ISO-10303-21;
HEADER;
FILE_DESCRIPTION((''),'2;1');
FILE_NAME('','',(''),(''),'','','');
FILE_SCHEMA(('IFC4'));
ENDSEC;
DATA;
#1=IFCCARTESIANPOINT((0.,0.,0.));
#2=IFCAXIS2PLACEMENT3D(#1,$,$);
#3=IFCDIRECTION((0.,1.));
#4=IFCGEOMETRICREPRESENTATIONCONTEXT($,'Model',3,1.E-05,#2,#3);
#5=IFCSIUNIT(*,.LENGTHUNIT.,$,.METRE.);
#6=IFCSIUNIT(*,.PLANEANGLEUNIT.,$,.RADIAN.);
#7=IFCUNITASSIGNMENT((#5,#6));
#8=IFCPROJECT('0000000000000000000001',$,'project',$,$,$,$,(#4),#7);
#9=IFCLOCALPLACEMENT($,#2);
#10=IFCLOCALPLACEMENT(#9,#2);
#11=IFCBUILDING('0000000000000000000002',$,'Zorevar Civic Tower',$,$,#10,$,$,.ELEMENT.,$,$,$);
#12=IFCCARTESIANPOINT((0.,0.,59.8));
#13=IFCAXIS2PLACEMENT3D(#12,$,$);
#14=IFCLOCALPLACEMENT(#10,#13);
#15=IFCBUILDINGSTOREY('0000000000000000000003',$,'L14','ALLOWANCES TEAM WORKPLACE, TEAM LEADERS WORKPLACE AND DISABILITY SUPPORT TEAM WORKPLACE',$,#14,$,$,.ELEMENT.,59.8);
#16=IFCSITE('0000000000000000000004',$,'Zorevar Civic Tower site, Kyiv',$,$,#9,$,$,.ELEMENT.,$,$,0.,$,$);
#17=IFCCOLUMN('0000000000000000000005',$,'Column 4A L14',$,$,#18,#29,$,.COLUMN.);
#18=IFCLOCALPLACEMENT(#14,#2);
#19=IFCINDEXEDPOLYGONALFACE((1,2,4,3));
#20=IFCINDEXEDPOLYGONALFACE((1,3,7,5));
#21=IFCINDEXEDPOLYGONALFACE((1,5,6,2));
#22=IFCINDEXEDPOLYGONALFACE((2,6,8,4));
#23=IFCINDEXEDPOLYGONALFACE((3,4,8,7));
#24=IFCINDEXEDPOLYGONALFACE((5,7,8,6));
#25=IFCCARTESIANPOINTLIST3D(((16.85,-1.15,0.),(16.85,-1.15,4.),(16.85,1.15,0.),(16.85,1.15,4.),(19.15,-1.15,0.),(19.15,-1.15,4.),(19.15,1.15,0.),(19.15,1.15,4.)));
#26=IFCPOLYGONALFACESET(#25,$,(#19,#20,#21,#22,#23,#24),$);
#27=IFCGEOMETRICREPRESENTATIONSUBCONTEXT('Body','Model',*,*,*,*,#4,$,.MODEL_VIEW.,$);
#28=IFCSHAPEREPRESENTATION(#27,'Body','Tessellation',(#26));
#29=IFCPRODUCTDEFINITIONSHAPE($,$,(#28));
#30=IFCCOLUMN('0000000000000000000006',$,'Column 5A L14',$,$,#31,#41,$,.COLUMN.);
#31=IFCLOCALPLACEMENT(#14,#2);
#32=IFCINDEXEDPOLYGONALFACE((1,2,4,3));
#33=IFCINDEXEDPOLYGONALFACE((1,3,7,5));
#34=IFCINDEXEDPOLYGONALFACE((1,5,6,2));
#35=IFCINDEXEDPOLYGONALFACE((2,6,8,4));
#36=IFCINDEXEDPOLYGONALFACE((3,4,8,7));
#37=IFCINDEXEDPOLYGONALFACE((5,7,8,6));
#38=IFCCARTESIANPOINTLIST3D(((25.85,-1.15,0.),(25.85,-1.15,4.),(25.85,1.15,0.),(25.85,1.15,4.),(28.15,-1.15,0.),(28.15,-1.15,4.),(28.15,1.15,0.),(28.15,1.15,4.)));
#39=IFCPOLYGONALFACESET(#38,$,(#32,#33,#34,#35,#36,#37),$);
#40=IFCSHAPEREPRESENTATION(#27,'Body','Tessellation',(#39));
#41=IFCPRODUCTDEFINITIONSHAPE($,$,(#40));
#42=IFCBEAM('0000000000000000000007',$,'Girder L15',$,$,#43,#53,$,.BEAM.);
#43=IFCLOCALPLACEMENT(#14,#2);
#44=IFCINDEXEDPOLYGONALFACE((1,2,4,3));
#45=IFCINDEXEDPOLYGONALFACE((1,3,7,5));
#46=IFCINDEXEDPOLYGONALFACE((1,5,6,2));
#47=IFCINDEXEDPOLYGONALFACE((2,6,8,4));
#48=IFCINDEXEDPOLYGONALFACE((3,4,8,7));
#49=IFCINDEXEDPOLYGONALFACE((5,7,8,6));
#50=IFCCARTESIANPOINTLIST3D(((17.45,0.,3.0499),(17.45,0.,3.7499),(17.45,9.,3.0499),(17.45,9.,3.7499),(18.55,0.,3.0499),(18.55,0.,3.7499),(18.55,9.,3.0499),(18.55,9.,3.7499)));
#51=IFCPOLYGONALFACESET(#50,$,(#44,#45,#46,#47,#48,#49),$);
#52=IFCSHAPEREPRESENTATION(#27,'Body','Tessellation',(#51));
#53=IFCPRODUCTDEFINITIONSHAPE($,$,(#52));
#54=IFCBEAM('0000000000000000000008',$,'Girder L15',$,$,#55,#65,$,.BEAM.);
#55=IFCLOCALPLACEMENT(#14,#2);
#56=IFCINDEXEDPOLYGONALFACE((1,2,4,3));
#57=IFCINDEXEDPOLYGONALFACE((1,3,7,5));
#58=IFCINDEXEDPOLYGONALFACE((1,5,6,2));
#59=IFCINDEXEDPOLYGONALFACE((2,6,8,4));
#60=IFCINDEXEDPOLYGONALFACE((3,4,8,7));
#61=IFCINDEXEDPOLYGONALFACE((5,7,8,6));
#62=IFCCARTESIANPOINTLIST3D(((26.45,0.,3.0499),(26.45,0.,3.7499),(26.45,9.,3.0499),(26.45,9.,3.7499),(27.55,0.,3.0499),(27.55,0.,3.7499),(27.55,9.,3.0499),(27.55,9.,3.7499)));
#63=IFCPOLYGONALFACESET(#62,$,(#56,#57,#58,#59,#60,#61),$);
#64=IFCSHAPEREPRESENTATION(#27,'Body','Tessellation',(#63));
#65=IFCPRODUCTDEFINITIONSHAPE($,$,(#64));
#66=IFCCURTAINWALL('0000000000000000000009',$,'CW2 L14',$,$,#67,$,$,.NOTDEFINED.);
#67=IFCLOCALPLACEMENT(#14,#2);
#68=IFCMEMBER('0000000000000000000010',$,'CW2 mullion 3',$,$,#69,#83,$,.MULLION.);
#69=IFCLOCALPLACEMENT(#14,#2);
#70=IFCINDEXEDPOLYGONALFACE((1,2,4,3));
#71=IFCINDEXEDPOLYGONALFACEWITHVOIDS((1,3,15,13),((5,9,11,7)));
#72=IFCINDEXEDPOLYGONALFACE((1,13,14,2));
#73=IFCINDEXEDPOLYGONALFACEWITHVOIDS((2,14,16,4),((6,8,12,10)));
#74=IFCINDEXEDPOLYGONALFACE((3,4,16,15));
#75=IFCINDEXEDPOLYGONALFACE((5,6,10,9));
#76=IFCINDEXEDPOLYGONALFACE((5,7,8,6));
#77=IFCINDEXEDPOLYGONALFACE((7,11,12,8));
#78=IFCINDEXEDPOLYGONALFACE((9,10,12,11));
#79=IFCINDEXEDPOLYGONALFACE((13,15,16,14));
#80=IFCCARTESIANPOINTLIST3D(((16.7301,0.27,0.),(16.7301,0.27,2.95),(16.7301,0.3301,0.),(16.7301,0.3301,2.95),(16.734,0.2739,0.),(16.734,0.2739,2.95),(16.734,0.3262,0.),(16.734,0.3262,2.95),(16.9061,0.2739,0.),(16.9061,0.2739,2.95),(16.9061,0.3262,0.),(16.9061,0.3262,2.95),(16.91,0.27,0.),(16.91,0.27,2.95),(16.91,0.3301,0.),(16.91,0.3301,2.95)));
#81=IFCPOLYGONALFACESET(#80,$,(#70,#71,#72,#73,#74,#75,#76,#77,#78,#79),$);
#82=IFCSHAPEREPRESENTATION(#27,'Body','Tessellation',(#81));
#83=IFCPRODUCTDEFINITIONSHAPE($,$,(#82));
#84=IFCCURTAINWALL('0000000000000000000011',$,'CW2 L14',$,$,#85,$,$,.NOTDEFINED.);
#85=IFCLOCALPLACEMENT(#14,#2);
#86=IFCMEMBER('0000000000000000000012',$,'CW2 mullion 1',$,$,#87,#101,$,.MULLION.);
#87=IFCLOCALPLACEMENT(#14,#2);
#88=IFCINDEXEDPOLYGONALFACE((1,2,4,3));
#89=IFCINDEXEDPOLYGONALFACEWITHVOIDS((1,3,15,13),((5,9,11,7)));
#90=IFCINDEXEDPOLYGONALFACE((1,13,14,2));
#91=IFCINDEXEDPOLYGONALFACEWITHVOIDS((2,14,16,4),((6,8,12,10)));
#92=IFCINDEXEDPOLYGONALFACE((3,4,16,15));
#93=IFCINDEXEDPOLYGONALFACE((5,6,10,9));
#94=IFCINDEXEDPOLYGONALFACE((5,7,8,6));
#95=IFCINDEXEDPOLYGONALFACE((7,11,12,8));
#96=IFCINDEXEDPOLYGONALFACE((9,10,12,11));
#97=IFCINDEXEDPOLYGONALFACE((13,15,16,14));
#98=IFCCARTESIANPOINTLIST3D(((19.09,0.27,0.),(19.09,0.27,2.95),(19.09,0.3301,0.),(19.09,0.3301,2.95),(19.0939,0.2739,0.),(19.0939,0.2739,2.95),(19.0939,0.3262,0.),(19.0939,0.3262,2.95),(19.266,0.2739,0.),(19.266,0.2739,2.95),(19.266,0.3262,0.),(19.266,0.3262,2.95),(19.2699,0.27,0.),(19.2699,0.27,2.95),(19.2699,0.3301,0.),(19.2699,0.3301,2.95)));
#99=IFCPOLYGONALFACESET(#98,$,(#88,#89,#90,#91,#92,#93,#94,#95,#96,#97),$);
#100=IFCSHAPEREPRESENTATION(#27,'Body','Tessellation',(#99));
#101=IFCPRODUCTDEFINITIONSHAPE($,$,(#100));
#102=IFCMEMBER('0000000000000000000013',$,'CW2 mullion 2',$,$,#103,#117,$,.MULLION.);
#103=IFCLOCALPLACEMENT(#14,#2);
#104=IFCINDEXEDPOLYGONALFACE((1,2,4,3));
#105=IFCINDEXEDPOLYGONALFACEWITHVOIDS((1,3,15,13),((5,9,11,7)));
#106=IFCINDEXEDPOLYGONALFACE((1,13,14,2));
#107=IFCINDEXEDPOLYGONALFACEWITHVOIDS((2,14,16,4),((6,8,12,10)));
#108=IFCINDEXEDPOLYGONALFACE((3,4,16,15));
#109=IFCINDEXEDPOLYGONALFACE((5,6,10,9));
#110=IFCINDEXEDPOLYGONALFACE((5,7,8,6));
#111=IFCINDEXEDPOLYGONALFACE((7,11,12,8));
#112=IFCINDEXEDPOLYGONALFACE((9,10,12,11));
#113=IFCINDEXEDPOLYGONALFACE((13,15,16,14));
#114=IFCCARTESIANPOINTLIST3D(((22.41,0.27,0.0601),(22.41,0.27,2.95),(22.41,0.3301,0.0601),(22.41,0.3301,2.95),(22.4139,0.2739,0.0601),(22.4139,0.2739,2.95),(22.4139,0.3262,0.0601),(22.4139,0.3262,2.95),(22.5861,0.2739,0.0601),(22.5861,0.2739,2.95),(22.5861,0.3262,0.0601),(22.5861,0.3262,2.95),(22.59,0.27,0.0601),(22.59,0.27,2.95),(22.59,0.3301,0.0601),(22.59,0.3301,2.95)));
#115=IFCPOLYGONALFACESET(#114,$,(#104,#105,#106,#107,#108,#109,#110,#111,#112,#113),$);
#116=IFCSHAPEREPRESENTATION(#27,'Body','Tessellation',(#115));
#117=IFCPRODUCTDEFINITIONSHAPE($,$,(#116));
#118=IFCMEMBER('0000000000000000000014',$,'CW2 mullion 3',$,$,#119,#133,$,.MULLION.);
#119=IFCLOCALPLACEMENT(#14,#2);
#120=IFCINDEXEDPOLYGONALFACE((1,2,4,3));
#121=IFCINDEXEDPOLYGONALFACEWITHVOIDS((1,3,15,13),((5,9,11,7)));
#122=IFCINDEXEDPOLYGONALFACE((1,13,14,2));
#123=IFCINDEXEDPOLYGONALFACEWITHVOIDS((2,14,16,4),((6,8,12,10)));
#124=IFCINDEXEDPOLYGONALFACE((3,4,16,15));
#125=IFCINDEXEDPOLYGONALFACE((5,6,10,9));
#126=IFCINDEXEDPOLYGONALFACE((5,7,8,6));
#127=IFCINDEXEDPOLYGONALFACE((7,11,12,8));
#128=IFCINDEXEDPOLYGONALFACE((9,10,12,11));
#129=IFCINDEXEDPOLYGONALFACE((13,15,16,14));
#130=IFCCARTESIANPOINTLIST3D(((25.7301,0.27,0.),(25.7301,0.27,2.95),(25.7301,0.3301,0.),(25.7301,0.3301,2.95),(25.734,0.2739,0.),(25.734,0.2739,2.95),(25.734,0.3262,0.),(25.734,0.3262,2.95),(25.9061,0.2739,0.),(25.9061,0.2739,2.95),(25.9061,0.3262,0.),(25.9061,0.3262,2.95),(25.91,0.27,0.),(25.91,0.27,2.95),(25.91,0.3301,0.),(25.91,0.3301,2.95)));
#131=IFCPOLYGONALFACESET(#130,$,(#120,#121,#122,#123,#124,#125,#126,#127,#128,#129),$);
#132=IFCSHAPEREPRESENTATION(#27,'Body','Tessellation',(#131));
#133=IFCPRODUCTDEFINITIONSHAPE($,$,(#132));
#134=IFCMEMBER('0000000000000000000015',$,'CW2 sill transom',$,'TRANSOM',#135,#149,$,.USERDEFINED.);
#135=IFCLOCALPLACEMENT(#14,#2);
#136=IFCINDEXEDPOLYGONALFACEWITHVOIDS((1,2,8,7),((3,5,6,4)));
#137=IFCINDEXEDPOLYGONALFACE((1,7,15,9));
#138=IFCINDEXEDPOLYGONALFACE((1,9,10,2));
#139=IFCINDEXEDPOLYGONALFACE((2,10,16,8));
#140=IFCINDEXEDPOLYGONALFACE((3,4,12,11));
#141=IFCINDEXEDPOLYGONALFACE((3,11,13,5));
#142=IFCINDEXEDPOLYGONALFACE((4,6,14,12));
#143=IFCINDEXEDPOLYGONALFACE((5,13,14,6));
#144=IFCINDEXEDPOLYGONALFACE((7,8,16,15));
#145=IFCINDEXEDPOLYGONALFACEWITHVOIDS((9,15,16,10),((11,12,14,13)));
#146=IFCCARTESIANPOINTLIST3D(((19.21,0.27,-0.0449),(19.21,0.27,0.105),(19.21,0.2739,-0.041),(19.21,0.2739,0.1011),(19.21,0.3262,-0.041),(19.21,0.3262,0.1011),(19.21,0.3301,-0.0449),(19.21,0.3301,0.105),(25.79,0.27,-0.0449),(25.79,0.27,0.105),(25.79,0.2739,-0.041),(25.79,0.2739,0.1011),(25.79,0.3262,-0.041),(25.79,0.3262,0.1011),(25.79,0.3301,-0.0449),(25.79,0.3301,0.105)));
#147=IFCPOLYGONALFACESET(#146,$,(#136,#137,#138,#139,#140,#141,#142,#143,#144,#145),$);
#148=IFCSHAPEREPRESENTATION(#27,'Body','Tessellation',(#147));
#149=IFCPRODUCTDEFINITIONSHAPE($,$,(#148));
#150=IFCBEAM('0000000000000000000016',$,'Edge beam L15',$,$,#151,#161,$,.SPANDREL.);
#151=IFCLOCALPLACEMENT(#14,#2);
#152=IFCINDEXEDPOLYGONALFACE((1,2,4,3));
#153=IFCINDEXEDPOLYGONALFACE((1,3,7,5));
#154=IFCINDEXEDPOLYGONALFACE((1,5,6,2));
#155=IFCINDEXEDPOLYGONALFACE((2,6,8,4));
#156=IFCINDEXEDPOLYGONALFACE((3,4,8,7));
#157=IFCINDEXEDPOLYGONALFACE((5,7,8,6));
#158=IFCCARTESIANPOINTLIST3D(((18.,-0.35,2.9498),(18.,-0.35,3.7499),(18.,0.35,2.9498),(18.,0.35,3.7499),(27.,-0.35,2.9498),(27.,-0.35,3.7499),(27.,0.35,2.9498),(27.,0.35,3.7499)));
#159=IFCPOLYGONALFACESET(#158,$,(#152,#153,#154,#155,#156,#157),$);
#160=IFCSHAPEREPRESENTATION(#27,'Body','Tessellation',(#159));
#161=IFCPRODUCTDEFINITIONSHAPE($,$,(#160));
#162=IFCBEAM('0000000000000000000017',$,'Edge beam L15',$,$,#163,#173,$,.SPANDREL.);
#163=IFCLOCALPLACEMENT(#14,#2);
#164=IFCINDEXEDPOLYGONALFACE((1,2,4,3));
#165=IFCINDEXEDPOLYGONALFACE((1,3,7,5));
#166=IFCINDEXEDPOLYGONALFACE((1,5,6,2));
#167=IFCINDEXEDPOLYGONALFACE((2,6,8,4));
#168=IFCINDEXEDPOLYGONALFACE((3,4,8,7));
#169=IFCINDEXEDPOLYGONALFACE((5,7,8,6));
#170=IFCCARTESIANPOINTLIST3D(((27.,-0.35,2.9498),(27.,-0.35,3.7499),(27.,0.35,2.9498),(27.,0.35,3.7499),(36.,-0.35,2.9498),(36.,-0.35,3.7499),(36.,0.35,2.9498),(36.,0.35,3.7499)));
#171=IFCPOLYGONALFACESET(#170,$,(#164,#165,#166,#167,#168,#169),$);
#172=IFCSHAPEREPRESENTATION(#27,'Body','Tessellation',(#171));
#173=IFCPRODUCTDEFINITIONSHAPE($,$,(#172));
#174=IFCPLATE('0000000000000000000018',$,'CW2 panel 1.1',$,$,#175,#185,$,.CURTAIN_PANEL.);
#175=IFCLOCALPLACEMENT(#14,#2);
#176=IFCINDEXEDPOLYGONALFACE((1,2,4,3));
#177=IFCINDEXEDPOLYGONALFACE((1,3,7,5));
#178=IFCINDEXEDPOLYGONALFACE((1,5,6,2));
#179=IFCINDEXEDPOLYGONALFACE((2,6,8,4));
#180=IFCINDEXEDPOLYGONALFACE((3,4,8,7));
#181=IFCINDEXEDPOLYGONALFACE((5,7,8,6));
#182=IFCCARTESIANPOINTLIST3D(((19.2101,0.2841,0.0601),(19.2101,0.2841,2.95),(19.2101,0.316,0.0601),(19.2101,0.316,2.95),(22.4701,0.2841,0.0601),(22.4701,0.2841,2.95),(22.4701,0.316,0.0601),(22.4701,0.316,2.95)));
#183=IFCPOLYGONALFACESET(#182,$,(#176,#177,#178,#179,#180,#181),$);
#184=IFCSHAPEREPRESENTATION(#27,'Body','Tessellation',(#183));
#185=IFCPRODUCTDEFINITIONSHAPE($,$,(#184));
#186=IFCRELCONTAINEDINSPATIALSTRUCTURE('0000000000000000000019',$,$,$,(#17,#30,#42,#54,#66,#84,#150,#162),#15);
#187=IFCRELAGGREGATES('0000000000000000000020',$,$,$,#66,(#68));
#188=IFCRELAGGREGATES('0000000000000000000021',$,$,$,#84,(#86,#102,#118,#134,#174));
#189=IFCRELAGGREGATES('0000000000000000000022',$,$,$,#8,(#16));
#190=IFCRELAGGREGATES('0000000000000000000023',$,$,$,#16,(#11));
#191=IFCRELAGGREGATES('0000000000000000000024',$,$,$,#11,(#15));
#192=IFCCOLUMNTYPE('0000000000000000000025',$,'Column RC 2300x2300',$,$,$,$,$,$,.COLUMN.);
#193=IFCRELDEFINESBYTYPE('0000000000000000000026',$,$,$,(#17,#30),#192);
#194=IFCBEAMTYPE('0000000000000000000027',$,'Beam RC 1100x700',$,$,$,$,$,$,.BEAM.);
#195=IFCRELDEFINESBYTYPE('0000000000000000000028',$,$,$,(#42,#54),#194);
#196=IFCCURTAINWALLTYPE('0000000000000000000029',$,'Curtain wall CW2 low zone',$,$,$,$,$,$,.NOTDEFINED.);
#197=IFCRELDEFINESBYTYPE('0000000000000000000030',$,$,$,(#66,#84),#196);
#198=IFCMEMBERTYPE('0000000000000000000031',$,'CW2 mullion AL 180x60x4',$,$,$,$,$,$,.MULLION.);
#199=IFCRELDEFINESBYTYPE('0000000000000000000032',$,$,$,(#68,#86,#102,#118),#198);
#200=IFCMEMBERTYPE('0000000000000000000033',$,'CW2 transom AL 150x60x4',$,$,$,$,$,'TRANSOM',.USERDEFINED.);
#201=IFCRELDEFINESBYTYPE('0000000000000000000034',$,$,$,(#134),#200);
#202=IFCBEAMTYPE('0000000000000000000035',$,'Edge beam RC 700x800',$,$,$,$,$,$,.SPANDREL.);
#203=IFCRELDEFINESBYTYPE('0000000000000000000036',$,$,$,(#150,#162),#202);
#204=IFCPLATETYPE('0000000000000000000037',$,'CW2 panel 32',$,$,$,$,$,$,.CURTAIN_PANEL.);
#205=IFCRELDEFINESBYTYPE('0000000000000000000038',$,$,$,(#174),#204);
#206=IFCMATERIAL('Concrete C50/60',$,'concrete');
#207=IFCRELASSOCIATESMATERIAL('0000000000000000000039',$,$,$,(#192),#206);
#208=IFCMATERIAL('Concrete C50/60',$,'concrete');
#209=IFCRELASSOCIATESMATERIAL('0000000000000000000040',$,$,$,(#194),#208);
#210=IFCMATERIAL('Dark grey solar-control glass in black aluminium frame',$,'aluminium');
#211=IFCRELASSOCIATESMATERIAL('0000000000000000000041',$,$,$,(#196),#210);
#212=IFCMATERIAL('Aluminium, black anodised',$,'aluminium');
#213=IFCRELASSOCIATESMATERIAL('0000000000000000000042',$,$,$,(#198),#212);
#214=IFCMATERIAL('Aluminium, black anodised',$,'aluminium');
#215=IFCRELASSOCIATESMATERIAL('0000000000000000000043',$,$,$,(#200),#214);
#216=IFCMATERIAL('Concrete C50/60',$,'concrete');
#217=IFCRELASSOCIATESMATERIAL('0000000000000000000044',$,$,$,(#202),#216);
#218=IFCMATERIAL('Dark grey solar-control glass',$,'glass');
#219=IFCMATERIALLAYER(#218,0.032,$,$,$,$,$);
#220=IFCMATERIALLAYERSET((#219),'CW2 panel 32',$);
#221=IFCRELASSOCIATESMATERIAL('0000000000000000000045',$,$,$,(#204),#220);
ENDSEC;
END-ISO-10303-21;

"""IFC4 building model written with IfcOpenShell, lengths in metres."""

from ifc_helpers import new_model, si_unit, direction, frame, origin, origin_2d, place, context, subcontext, project, spatial, rectangle, hollow_rectangle, extrude, material, layer, layer_set, material_profile, profile_set, type_object, element, aggregate, save


model = new_model("IFC4")

# Units and contexts
model_context = context("Model", 3, precision=1e-05, world=origin(), true_north=direction((0.0, 1.0)))
body_context = subcontext(model_context, "Body", "Model", "MODEL_VIEW")
ifc_project = project(units=[si_unit("LENGTHUNIT", "METRE"), si_unit("PLANEANGLEUNIT", "RADIAN")], contexts=[model_context])

# Site, building, storey
site_placement = place(None, origin())
site = spatial("IfcSite", under=ifc_project, at=site_placement, Name="Zorevar Civic Tower site, Kyiv", CompositionType="ELEMENT", RefElevation=0.0)
building_placement = place(site_placement, origin())
building = spatial("IfcBuilding", under=site, at=building_placement, Name="Zorevar Civic Tower", CompositionType="ELEMENT")
storey_placement = place(building_placement, frame((0.0, 0.0, 59.8)))
storey = spatial("IfcBuildingStorey", under=building, at=storey_placement, Name="L14", Description="ALLOWANCES TEAM WORKPLACE, TEAM LEADERS WORKPLACE AND DISABILITY SUPPORT TEAM WORKPLACE", CompositionType="ELEMENT", Elevation=59.8)

# Columns
ifc_material_1 = material(Name="Concrete C50/60", Category="concrete")
ifc_material_profile_1 = material_profile(ifc_material_1, rectangle(XDim=2.3, YDim=2.3, at=origin_2d()), Name="RC 2300x2300")
ifc_profile_set_1 = profile_set([ifc_material_profile_1], Name="Concrete C50/60")
column_type = type_object("IfcColumnType", Name="Column RC 2300x2300", PredefinedType="COLUMN", material=ifc_profile_set_1)
for number, where, z_axis, x_axis, name in (
    (1, (18.0, 0.0, 0.0), (0.0, 0.0, 1.0), (1.0, 0.0, 0.0), "Column 4A L14"),
    (2, (27.0, 0.0, 0.0), (0.0, 0.0, 1.0), (1.0, 0.0, 0.0), "Column 5A L14"),
):
    element("IfcColumn", number, at=place(storey_placement, frame(where, z_axis=z_axis, x_axis=x_axis)), inside=storey, type_object=column_type, Name=name, PredefinedType="COLUMN", context=body_context, shape_type="SweptSolid", body=[
        extrude(rectangle(XDim=2.3, YDim=2.3, at=origin_2d()), origin(), (0.0, 0.0, 1.0), 4.0),
    ])

# Beams
ifc_material_2 = material(Name="Concrete C50/60", Category="concrete")
ifc_material_profile_2 = material_profile(ifc_material_2, rectangle(XDim=1.1001, YDim=0.7, at=origin_2d()), Name="RC 1100x700")
ifc_profile_set_2 = profile_set([ifc_material_profile_2], Name="Concrete C50/60")
beam_type_1 = type_object("IfcBeamType", Name="Beam RC 1100x700", PredefinedType="BEAM", material=ifc_profile_set_2)
for number, where, z_axis, x_axis, name in (
    (3, (18.0, 0.0, 3.3999), (0.0, 1.0, 0.0), (-1.0, 0.0, 0.0), "Girder L15"),
    (4, (27.0, 0.0, 3.3999), (0.0, 1.0, 0.0), (-1.0, 0.0, 0.0), "Girder L15"),
):
    element("IfcBeam", number, at=place(storey_placement, frame(where, z_axis=z_axis, x_axis=x_axis)), inside=storey, type_object=beam_type_1, Name=name, PredefinedType="BEAM", context=body_context, shape_type="SweptSolid", body=[
        extrude(rectangle(XDim=1.1001, YDim=0.7, at=origin_2d()), origin(), (0.0, 0.0, 1.0), 9.0),
    ])

# Curtain wall, member
ifc_material_3 = material(Name="Dark grey solar-control glass in black aluminium frame", Category="aluminium")
curtain_wall_type = type_object("IfcCurtainWallType", Name="Curtain wall CW2 low zone", PredefinedType="NOTDEFINED", material=ifc_material_3)
curtain_wall_1_placement = place(storey_placement, origin())
curtain_wall_1 = element("IfcCurtainWall", 5, at=curtain_wall_1_placement, inside=storey, type_object=curtain_wall_type, Name="CW2 L14", PredefinedType="NOTDEFINED")
ifc_material_4 = material(Name="Aluminium, black anodised", Category="aluminium")
ifc_material_profile_3 = material_profile(ifc_material_4, hollow_rectangle(XDim=0.0601, YDim=0.1799, WallThickness=0.0039, at=origin_2d()), Name="AL 180x60x4")
ifc_profile_set_3 = profile_set([ifc_material_profile_3], Name="Aluminium, black anodised")
member_type_1 = type_object("IfcMemberType", Name="CW2 mullion AL 180x60x4", PredefinedType="MULLION", material=ifc_profile_set_3)
member_1_placement = place(storey_placement, frame((16.8201, 0.3, 0.0), z_axis=(0.0, 0.0, 1.0), x_axis=(0.0, 1.0, 0.0)))
member_1 = element("IfcMember", 6, at=member_1_placement, type_object=member_type_1, Name="CW2 mullion 3", PredefinedType="MULLION", context=body_context, shape_type="SweptSolid", body=[
    extrude(hollow_rectangle(XDim=0.0601, YDim=0.1799, WallThickness=0.0039, at=origin_2d()), origin(), (0.0, 0.0, 1.0), 2.95),
])
aggregate(curtain_wall_1, [member_1])

# Curtain wall, members
curtain_wall_2_placement = place(storey_placement, origin())
curtain_wall_2 = element("IfcCurtainWall", 7, at=curtain_wall_2_placement, inside=storey, type_object=curtain_wall_type, Name="CW2 L14", PredefinedType="NOTDEFINED")
member_2_placement = place(storey_placement, frame((19.1799, 0.3, 0.0), z_axis=(0.0, 0.0, 1.0), x_axis=(0.0, 1.0, 0.0)))
member_2 = element("IfcMember", 8, at=member_2_placement, type_object=member_type_1, Name="CW2 mullion 1", PredefinedType="MULLION", context=body_context, shape_type="SweptSolid", body=[
    extrude(hollow_rectangle(XDim=0.0601, YDim=0.1799, WallThickness=0.0039, at=origin_2d()), origin(), (0.0, 0.0, 1.0), 2.95),
])
member_3_placement = place(storey_placement, frame((22.5, 0.3, 0.0601), z_axis=(0.0, 0.0, 1.0), x_axis=(0.0, 1.0, 0.0)))
member_3 = element("IfcMember", 9, at=member_3_placement, type_object=member_type_1, Name="CW2 mullion 2", PredefinedType="MULLION", context=body_context, shape_type="SweptSolid", body=[
    extrude(hollow_rectangle(XDim=0.0601, YDim=0.1799, WallThickness=0.0039, at=origin_2d()), origin(), (0.0, 0.0, 1.0), 2.8899),
])
member_4_placement = place(storey_placement, frame((25.8201, 0.3, 0.0), z_axis=(0.0, 0.0, 1.0), x_axis=(0.0, 1.0, 0.0)))
member_4 = element("IfcMember", 10, at=member_4_placement, type_object=member_type_1, Name="CW2 mullion 3", PredefinedType="MULLION", context=body_context, shape_type="SweptSolid", body=[
    extrude(hollow_rectangle(XDim=0.0601, YDim=0.1799, WallThickness=0.0039, at=origin_2d()), origin(), (0.0, 0.0, 1.0), 2.95),
])
ifc_material_5 = material(Name="Aluminium, black anodised", Category="aluminium")
ifc_material_profile_4 = material_profile(ifc_material_5, hollow_rectangle(XDim=0.0601, YDim=0.1499, WallThickness=0.0039, at=origin_2d()), Name="AL 150x60x4")
ifc_profile_set_4 = profile_set([ifc_material_profile_4], Name="Aluminium, black anodised")
member_type_2 = type_object("IfcMemberType", Name="CW2 transom AL 150x60x4", ElementType="TRANSOM", PredefinedType="USERDEFINED", material=ifc_profile_set_4)
member_5_placement = place(storey_placement, frame((19.21, 0.3, 0.03), z_axis=(1.0, 0.0, 0.0), x_axis=(0.0, 1.0, 0.0)))
member_5 = element("IfcMember", 11, at=member_5_placement, type_object=member_type_2, Name="CW2 sill transom", ObjectType="TRANSOM", PredefinedType="USERDEFINED", context=body_context, shape_type="SweptSolid", body=[
    extrude(hollow_rectangle(XDim=0.0601, YDim=0.1499, WallThickness=0.0039, at=origin_2d()), origin(), (0.0, 0.0, 1.0), 6.5801),
])

# Beams
ifc_material_6 = material(Name="Concrete C50/60", Category="concrete")
ifc_material_profile_5 = material_profile(ifc_material_6, rectangle(XDim=0.7, YDim=0.8, at=origin_2d()), Name="RC 700x800")
ifc_profile_set_5 = profile_set([ifc_material_profile_5], Name="Concrete C50/60")
beam_type_2 = type_object("IfcBeamType", Name="Edge beam RC 700x800", PredefinedType="SPANDREL", material=ifc_profile_set_5)
for number, where, z_axis, x_axis, name in (
    (12, (18.0, 0.0, 3.3499), (1.0, 0.0, 0.0), (0.0, 1.0, 0.0), "Edge beam L15"),
    (13, (27.0, 0.0, 3.3499), (1.0, 0.0, 0.0), (0.0, 1.0, 0.0), "Edge beam L15"),
):
    element("IfcBeam", number, at=place(storey_placement, frame(where, z_axis=z_axis, x_axis=x_axis)), inside=storey, type_object=beam_type_2, Name=name, PredefinedType="SPANDREL", context=body_context, shape_type="SweptSolid", body=[
        extrude(rectangle(XDim=0.7, YDim=0.8, at=origin_2d()), origin(), (0.0, 0.0, 1.0), 9.0),
    ])

# Plate
ifc_material_7 = material(Name="Dark grey solar-control glass", Category="glass")
ifc_layer_1 = layer(ifc_material_7, 0.032)
ifc_layer_set_1 = layer_set([ifc_layer_1], Name="CW2 panel 32")
plate_type = type_object("IfcPlateType", Name="CW2 panel 32", PredefinedType="CURTAIN_PANEL", material=ifc_layer_set_1)
plate_1_placement = place(storey_placement, frame((20.8401, 0.3, 0.0601), z_axis=(0.0, 0.0, 1.0), x_axis=(1.0, 0.0, 0.0)))
plate_1 = element("IfcPlate", 14, at=plate_1_placement, type_object=plate_type, Name="CW2 panel 1.1", PredefinedType="CURTAIN_PANEL", context=body_context, shape_type="SweptSolid", body=[
    extrude(rectangle(XDim=3.26, YDim=0.032, at=origin_2d()), origin(), (0.0, 0.0, 1.0), 2.8899),
])
aggregate(curtain_wall_2, [member_2, member_3, member_4, member_5, plate_1])

save(model, "model.ifc")
